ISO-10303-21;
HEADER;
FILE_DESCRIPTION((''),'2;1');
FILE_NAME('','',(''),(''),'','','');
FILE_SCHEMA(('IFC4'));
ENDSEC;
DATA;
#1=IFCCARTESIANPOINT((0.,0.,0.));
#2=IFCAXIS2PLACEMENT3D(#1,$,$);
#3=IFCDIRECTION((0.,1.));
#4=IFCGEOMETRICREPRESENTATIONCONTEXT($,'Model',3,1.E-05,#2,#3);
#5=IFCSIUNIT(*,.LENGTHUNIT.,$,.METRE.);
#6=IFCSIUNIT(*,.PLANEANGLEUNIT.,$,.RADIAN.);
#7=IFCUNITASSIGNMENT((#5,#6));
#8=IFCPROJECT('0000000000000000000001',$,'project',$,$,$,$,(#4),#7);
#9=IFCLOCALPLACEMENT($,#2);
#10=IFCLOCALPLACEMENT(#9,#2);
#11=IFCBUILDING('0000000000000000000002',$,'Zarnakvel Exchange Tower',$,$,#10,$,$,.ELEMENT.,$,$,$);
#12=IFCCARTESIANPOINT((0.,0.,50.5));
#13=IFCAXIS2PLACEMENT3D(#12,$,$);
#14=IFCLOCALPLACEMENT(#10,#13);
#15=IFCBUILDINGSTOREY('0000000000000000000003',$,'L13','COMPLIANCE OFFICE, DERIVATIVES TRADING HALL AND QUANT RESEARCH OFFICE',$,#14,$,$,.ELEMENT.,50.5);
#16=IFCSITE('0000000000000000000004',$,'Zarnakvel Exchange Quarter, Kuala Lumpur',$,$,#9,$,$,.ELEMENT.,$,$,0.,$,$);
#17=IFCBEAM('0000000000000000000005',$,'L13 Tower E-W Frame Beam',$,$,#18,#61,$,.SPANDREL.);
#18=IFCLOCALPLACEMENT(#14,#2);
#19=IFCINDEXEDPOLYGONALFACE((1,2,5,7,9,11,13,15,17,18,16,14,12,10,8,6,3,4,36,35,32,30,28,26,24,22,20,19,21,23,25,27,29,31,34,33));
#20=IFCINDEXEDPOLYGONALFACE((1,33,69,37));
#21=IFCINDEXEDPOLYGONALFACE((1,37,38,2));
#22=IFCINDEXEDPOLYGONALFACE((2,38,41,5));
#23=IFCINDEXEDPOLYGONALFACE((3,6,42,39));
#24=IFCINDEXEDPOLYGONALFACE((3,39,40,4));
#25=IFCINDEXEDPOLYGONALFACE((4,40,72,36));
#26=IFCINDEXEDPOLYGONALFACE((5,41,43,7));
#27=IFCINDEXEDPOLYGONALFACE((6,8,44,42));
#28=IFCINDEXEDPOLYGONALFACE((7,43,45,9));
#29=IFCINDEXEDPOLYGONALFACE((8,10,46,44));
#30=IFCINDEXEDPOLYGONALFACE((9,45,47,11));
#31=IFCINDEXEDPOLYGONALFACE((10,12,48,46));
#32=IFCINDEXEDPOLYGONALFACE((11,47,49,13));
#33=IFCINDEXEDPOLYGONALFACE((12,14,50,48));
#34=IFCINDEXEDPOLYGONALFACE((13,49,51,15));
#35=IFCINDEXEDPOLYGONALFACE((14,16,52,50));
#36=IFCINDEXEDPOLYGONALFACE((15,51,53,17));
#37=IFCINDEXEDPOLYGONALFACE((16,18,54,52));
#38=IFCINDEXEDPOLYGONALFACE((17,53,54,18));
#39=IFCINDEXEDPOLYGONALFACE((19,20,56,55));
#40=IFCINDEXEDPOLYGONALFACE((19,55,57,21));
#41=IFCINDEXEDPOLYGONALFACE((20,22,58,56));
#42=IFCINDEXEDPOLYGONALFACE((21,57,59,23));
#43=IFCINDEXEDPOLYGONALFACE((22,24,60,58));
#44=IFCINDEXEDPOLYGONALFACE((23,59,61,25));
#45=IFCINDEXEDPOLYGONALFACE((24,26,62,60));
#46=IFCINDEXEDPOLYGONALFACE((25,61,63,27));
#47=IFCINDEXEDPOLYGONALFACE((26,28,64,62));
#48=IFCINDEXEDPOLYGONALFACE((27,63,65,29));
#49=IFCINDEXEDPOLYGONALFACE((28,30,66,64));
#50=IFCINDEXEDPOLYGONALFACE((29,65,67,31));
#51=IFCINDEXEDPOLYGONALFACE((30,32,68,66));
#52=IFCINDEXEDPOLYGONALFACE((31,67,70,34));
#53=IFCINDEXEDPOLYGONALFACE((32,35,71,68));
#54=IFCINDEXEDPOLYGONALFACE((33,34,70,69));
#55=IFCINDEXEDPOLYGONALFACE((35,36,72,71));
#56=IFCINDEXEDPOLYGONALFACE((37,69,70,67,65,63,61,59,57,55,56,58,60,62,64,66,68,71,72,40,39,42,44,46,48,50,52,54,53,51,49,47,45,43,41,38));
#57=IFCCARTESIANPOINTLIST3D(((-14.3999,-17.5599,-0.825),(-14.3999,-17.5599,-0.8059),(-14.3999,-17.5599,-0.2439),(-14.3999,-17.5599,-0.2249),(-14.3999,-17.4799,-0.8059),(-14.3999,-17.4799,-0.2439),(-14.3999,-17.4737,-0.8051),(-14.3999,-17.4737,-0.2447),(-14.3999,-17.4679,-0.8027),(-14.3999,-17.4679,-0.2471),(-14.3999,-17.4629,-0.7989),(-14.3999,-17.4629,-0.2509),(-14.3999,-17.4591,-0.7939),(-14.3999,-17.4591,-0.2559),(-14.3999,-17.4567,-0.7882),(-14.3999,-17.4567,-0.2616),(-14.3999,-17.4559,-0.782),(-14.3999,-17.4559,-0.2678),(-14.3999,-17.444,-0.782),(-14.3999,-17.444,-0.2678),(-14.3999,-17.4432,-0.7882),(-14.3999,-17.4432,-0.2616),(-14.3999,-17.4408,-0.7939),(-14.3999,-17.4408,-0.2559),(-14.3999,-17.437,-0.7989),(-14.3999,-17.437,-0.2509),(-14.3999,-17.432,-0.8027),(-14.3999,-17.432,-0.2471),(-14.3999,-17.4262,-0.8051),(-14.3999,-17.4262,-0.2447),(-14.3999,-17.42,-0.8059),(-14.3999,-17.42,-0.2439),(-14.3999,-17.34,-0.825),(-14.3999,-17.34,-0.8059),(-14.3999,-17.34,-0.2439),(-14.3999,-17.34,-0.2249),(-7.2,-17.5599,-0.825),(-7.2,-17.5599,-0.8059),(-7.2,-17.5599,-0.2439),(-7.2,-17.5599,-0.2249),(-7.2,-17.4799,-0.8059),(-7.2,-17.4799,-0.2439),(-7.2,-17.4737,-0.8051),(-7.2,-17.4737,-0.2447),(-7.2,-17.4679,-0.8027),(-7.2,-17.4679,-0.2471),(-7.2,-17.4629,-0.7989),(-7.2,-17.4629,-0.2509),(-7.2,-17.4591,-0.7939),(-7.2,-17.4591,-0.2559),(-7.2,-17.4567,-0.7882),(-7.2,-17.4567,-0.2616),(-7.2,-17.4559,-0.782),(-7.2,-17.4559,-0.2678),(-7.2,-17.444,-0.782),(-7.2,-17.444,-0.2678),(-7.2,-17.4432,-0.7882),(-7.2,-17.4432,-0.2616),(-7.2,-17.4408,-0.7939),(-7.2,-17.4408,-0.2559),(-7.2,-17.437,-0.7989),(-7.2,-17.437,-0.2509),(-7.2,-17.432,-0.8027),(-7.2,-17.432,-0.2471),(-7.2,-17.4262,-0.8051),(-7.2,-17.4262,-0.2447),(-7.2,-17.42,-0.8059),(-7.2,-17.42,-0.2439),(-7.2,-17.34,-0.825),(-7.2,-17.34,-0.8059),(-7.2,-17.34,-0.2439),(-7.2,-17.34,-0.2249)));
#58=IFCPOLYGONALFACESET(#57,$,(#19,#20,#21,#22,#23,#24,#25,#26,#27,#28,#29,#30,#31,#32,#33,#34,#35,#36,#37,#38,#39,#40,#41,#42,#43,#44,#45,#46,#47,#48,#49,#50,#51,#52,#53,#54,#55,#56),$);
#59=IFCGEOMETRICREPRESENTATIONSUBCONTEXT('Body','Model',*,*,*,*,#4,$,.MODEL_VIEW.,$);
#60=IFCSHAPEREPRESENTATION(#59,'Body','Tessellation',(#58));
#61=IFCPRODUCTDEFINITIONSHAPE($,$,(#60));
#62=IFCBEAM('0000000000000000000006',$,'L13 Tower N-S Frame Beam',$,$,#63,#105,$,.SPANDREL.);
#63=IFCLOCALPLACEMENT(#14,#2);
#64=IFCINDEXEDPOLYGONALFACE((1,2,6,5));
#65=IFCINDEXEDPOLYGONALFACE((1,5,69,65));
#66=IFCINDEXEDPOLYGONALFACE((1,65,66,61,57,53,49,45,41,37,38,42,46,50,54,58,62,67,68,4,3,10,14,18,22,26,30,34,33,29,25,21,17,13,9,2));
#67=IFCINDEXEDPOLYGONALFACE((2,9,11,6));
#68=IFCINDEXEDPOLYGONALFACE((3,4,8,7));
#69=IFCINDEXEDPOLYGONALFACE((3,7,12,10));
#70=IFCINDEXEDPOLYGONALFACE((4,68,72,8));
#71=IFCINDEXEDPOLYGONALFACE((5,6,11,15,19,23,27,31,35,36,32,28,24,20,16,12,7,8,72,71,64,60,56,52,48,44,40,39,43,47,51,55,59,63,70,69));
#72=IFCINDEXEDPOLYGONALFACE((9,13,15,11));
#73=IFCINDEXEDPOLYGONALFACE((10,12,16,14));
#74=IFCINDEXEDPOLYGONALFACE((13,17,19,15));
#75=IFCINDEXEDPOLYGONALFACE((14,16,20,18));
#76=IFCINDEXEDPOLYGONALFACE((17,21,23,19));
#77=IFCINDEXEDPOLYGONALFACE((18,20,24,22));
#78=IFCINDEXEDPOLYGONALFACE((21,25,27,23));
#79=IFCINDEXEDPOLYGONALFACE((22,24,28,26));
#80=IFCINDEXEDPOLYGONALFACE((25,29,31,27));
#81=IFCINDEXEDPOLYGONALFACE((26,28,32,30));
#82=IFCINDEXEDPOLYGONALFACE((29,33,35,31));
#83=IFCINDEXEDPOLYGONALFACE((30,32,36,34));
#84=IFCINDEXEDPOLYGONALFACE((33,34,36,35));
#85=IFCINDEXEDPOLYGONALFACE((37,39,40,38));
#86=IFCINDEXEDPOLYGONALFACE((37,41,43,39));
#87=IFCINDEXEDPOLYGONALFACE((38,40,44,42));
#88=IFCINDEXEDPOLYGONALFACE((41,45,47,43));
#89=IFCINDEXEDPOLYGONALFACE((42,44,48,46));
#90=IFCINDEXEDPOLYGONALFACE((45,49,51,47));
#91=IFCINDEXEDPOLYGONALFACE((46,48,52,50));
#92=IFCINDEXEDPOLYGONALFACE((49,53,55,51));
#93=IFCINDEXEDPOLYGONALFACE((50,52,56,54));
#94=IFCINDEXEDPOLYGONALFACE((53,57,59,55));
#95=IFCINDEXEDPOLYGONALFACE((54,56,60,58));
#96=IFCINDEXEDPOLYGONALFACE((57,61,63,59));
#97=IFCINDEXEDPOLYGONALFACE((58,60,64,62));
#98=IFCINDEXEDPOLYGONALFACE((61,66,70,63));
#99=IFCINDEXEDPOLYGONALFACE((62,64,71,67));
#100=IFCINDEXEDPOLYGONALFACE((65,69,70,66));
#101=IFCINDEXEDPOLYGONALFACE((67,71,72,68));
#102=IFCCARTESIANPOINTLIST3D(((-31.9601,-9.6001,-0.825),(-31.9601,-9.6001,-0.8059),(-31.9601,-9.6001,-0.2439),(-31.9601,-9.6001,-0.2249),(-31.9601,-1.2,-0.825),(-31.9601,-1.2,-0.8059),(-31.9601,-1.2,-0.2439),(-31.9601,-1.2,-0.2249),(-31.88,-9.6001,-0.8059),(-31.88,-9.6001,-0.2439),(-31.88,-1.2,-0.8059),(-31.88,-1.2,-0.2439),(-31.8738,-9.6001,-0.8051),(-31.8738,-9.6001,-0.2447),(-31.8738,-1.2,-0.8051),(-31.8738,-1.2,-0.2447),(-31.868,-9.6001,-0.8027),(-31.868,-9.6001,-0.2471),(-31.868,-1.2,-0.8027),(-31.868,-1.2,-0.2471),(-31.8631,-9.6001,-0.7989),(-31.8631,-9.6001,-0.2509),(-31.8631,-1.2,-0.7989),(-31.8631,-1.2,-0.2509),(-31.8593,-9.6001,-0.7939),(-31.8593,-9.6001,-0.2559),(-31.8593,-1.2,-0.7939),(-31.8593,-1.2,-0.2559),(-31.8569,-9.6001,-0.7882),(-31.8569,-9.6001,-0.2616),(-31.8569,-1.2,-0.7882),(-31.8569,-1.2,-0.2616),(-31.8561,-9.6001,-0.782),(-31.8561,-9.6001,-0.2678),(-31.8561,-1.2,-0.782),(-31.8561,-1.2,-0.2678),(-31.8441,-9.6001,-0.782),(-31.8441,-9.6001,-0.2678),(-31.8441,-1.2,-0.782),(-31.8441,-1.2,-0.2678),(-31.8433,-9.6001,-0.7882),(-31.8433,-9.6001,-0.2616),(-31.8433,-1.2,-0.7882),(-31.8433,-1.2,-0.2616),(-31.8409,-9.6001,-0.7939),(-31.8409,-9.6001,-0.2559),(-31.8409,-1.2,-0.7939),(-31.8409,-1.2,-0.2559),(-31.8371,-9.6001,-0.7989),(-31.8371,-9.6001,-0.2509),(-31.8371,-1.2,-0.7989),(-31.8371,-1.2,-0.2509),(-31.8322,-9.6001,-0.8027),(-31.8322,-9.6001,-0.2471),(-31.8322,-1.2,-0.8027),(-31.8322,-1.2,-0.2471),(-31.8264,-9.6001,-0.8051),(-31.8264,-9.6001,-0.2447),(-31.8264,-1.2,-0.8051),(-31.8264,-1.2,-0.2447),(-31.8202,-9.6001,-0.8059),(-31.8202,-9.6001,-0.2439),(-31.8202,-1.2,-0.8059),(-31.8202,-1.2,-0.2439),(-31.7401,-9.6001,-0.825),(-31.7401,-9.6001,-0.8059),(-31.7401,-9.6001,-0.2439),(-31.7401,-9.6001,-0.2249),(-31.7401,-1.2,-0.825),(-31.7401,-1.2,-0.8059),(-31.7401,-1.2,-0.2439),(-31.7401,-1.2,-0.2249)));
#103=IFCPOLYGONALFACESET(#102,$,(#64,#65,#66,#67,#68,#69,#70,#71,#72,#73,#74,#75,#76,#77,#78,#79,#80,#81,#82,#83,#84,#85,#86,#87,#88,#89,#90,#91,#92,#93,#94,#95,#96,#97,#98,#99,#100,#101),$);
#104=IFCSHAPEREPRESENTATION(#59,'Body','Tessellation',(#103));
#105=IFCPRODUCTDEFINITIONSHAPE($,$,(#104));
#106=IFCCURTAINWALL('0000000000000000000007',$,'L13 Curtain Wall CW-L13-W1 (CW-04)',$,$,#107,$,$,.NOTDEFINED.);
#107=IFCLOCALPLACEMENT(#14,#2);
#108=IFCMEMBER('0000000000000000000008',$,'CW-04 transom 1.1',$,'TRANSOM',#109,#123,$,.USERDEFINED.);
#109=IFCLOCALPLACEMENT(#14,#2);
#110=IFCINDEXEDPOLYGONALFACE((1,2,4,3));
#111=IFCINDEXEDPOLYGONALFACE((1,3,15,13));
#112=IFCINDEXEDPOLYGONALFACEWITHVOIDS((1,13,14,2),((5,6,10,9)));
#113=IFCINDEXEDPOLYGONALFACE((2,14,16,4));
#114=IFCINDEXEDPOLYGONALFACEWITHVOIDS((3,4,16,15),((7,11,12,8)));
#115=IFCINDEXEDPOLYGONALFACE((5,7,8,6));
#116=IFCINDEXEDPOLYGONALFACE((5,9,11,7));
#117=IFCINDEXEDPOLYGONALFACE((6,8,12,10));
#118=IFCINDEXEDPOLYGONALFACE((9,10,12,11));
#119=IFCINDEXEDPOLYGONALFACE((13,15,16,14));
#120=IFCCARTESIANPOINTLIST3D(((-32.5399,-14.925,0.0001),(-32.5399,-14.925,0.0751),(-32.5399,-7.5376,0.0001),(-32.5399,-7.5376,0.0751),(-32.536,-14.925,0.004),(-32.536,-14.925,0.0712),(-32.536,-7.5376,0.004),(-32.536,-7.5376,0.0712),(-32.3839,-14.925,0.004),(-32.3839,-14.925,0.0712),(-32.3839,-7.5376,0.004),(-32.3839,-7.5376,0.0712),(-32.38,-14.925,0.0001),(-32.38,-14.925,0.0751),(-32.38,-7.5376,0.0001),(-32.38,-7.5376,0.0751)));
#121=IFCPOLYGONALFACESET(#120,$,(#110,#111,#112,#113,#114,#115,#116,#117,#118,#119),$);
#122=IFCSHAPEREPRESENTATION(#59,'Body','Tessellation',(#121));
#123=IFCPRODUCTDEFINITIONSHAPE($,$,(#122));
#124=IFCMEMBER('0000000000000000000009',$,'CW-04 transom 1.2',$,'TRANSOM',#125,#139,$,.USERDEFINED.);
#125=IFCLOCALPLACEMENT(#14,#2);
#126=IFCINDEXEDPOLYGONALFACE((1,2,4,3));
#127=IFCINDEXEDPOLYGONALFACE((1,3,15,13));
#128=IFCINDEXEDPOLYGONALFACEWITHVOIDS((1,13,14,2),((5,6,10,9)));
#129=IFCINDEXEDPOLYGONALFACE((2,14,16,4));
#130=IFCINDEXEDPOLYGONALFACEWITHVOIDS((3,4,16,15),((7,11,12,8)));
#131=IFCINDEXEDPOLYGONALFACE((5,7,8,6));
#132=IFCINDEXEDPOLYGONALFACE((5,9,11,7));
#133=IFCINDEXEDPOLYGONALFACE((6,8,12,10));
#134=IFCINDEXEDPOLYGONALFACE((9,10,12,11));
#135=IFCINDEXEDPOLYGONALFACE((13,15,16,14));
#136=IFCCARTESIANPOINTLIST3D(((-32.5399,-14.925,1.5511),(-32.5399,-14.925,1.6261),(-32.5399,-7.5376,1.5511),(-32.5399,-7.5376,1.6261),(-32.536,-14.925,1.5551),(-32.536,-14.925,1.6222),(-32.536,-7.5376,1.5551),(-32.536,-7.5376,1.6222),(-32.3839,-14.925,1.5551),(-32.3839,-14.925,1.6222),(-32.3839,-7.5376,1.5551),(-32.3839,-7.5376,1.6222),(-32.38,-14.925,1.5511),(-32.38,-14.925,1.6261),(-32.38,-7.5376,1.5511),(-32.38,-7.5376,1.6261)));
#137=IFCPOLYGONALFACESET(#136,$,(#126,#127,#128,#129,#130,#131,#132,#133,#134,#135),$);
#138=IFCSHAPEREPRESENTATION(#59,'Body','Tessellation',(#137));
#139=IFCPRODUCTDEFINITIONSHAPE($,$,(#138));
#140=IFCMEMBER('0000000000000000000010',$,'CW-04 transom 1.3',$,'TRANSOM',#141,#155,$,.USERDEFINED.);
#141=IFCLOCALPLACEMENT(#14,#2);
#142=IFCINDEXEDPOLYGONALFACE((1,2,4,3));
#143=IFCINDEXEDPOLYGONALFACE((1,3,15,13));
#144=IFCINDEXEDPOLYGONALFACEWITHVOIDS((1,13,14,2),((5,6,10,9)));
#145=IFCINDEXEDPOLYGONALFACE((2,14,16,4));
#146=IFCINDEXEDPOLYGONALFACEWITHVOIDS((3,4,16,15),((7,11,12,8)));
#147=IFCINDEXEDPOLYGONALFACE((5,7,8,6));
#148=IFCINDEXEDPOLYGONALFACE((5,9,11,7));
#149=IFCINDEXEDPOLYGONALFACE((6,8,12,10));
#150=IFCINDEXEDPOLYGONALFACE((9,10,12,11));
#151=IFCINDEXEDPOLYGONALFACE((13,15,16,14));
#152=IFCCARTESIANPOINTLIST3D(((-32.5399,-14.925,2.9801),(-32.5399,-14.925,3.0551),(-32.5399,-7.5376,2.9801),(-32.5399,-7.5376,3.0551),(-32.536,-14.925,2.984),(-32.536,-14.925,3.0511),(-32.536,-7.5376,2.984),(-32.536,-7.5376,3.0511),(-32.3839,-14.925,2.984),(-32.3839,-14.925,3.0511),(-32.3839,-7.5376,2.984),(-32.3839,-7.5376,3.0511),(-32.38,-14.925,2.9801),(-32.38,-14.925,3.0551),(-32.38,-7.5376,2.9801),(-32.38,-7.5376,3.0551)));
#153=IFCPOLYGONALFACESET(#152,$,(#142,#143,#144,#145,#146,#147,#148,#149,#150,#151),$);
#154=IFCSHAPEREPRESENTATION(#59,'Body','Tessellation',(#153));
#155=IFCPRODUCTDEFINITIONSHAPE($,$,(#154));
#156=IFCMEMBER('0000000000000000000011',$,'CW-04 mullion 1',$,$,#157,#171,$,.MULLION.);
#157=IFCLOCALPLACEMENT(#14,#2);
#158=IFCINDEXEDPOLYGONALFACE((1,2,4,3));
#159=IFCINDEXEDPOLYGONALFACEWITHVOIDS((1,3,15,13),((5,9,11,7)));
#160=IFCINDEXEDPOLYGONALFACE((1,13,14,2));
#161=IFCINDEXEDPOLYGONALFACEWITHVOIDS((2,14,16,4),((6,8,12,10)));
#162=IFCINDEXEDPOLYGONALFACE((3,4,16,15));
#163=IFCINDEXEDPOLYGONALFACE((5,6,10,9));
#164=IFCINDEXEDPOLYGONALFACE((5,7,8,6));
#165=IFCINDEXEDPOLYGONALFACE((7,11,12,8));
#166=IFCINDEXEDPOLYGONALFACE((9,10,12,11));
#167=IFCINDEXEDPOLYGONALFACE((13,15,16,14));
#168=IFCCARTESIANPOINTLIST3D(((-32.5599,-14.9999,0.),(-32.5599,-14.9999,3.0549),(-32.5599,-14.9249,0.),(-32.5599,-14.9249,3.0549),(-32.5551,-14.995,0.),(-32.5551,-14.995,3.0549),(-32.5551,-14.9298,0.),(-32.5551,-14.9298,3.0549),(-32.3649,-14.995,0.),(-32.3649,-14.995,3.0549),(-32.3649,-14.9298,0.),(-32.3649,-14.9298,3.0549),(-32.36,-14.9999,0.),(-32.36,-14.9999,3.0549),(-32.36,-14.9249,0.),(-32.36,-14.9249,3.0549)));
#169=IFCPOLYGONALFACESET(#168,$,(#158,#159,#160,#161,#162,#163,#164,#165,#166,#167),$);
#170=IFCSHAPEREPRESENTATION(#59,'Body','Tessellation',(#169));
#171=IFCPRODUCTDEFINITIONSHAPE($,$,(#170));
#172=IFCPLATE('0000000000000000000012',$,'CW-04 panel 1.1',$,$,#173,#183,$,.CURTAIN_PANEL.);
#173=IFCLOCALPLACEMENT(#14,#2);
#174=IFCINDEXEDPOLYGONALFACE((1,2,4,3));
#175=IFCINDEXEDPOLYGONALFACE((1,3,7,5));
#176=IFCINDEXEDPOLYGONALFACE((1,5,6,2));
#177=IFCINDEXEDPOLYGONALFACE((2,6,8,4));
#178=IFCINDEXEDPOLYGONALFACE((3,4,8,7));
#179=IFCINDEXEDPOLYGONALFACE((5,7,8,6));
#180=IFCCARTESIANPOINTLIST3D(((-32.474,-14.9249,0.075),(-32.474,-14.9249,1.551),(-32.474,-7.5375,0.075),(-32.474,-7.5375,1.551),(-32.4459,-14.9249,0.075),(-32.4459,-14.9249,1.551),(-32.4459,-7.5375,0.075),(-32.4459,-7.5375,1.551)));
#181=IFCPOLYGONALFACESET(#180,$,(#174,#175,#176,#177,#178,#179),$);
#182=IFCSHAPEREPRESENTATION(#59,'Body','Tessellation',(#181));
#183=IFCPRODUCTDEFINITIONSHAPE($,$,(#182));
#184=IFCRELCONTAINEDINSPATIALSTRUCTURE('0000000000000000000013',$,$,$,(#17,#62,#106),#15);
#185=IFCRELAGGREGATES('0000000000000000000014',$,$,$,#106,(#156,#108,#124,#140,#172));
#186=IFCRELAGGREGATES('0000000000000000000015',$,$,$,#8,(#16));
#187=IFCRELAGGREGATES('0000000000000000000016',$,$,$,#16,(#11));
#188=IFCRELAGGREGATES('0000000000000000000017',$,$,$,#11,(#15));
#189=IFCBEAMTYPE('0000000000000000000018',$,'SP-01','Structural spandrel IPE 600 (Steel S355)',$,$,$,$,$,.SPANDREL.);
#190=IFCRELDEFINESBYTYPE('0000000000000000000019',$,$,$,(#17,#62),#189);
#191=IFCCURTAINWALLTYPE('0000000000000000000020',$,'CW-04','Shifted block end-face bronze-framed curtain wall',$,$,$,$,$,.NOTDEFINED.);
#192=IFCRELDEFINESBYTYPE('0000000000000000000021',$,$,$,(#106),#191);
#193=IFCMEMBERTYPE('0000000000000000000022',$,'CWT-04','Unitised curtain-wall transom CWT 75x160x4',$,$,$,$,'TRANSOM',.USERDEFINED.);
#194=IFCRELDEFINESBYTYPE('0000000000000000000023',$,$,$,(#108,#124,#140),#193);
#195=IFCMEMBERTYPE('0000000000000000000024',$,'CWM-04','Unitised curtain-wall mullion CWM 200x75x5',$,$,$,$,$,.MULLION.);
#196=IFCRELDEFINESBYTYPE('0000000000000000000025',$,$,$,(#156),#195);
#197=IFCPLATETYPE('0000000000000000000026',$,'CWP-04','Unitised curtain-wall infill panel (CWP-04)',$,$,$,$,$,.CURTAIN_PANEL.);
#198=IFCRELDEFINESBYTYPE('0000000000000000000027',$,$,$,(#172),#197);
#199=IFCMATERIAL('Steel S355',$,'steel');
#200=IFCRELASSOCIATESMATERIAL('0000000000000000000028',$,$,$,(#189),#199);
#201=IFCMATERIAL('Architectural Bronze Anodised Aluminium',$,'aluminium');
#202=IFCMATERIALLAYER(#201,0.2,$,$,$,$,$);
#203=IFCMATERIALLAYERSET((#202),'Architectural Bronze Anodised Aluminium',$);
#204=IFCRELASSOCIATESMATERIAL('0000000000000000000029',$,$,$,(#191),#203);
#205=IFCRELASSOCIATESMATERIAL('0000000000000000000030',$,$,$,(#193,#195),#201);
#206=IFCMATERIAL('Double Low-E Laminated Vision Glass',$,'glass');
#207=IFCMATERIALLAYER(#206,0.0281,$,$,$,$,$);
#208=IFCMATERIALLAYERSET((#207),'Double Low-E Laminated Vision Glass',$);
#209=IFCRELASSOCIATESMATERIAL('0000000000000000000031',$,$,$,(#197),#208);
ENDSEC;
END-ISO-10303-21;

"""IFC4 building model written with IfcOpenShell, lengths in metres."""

from ifc_helpers import new_model, si_unit, direction, frame, origin, origin_2d, place, context, subcontext, project, spatial, rectangle, hollow_rectangle, i_section, extrude, source, transform, mapped, material, layer, layer_set, material_profile, profile_set, type_object, element, aggregate, save


model = new_model("IFC4")

# Units and contexts
model_context = context("Model", 3, precision=1e-05, world=origin(), true_north=direction((0.0, 1.0)))
body_context = subcontext(model_context, "Body", "Model", "MODEL_VIEW")
ifc_project = project(units=[si_unit("LENGTHUNIT", "METRE"), si_unit("PLANEANGLEUNIT", "RADIAN")], contexts=[model_context])

# Site, building, storey
site_placement = place(None, origin())
site = spatial("IfcSite", under=ifc_project, at=site_placement, Name="Zarnakvel Exchange Quarter, Kuala Lumpur", CompositionType="ELEMENT", RefElevation=0.0)
building_placement = place(site_placement, origin())
building = spatial("IfcBuilding", under=site, at=building_placement, Name="Zarnakvel Exchange Tower", CompositionType="ELEMENT")
storey_placement = place(building_placement, frame((0.0, 0.0, 50.5)))
storey = spatial("IfcBuildingStorey", under=building, at=storey_placement, Name="L13", Description="COMPLIANCE OFFICE, DERIVATIVES TRADING HALL AND QUANT RESEARCH OFFICE", CompositionType="ELEMENT", Elevation=50.5)

# Shared definitions
ifc_material_1 = material(Name="Steel S355", Category="steel")

# Beams
ifc_material_profile_1 = material_profile(ifc_material_1, i_section(OverallWidth=0.22, OverallDepth=0.6001, WebThickness=0.012, FlangeThickness=0.019, FilletRadius=0.0239, at=origin_2d()))
ifc_profile_set_1 = profile_set([ifc_material_profile_1], Name="Steel S355")
beam_type_1 = type_object("IfcBeamType", Name="SP-01", Description="Structural spandrel IPE 600 (Steel S355)", PredefinedType="SPANDREL", material=ifc_profile_set_1)
beam_1_placement = place(storey_placement, frame((-14.3999, -17.45, -0.5249), z_axis=(1.0, 0.0, 0.0), x_axis=(0.0, 1.0, 0.0)))
element("IfcBeam", 1, at=beam_1_placement, inside=storey, type_object=beam_type_1, Name="L13 Tower E-W Frame Beam", PredefinedType="SPANDREL", context=body_context, shape_type="SweptSolid", body=[
    extrude(i_section(OverallWidth=0.22, OverallDepth=0.6001, WebThickness=0.012, FlangeThickness=0.019, FilletRadius=0.0239, at=origin_2d()), origin(), (0.0, 0.0, 1.0), 7.2),
])
beam_2_placement = place(storey_placement, frame((-31.8501, -9.6001, -0.5249), z_axis=(0.0, 1.0, 0.0), x_axis=(-1.0, 0.0, 0.0)))
element("IfcBeam", 2, at=beam_2_placement, inside=storey, type_object=beam_type_1, Name="L13 Tower N-S Frame Beam", PredefinedType="SPANDREL", context=body_context, shape_type="SweptSolid", body=[
    extrude(i_section(OverallWidth=0.22, OverallDepth=0.6001, WebThickness=0.012, FlangeThickness=0.019, FilletRadius=0.0239, at=origin_2d()), origin(), (0.0, 0.0, 1.0), 8.4001),
])

# Curtain wall, members, plate
ifc_material_2 = material(Name="Architectural Bronze Anodised Aluminium", Category="aluminium")
ifc_layer_1 = layer(ifc_material_2, 0.2)
ifc_layer_set_1 = layer_set([ifc_layer_1], Name="Architectural Bronze Anodised Aluminium")
curtain_wall_type = type_object("IfcCurtainWallType", Name="CW-04", Description="Shifted block end-face bronze-framed curtain wall", PredefinedType="NOTDEFINED", material=ifc_layer_set_1)
curtain_wall_placement = place(storey_placement, origin())
curtain_wall = element("IfcCurtainWall", 3, at=curtain_wall_placement, inside=storey, type_object=curtain_wall_type, Name="L13 Curtain Wall CW-L13-W1 (CW-04)", PredefinedType="NOTDEFINED")
ifc_material_profile_2 = material_profile(ifc_material_2, hollow_rectangle(XDim=0.1599, YDim=0.075, WallThickness=0.0039, at=origin_2d()))
ifc_profile_set_2 = profile_set([ifc_material_profile_2], Name="Architectural Bronze Anodised Aluminium")
member_type_1 = type_object("IfcMemberType", Name="CWT-04", Description="Unitised curtain-wall transom CWT 75x160x4", ElementType="TRANSOM", PredefinedType="USERDEFINED", material=ifc_profile_set_2)
shared_shape_1 = source(origin(), body_context, "Body", "SweptSolid", [
    extrude(hollow_rectangle(XDim=0.1599, YDim=0.075, WallThickness=0.0039, at=origin_2d()), origin(), (0.0, 0.0, 1.0), 7.3875),
])
member_1_placement = place(storey_placement, frame((-32.46, -14.925, 0.0376), z_axis=(0.0, 1.0, 0.0), x_axis=(-1.0, 0.0, 0.0)))
member_1 = element("IfcMember", 4, at=member_1_placement, type_object=member_type_1, Name="CW-04 transom 1.1", ObjectType="TRANSOM", PredefinedType="USERDEFINED", context=body_context, shape_type="MappedRepresentation", body=[
    mapped(shared_shape_1, transform((0.0, 0.0, 0.0), x_axis=(1.0, 0.0, 0.0), y_axis=(0.0, 1.0, 0.0), z_axis=(0.0, 0.0, 1.0), scale=1.0)),
])
member_2_placement = place(storey_placement, frame((-32.46, -14.925, 1.5886), z_axis=(0.0, 1.0, 0.0), x_axis=(-1.0, 0.0, 0.0)))
member_2 = element("IfcMember", 5, at=member_2_placement, type_object=member_type_1, Name="CW-04 transom 1.2", ObjectType="TRANSOM", PredefinedType="USERDEFINED", context=body_context, shape_type="MappedRepresentation", body=[
    mapped(shared_shape_1, transform((0.0, 0.0, 0.0), x_axis=(1.0, 0.0, 0.0), y_axis=(0.0, 1.0, 0.0), z_axis=(0.0, 0.0, 1.0), scale=1.0)),
])
member_3_placement = place(storey_placement, frame((-32.46, -14.925, 3.0176), z_axis=(0.0, 1.0, 0.0), x_axis=(-1.0, 0.0, 0.0)))
member_3 = element("IfcMember", 6, at=member_3_placement, type_object=member_type_1, Name="CW-04 transom 1.3", ObjectType="TRANSOM", PredefinedType="USERDEFINED", context=body_context, shape_type="MappedRepresentation", body=[
    mapped(shared_shape_1, transform((0.0, 0.0, 0.0), x_axis=(1.0, 0.0, 0.0), y_axis=(0.0, 1.0, 0.0), z_axis=(0.0, 0.0, 1.0), scale=1.0)),
])
ifc_material_profile_3 = material_profile(ifc_material_2, hollow_rectangle(XDim=0.2, YDim=0.075, WallThickness=0.0049, at=origin_2d()))
ifc_profile_set_3 = profile_set([ifc_material_profile_3], Name="Architectural Bronze Anodised Aluminium")
member_type_2 = type_object("IfcMemberType", Name="CWM-04", Description="Unitised curtain-wall mullion CWM 200x75x5", PredefinedType="MULLION", material=ifc_profile_set_3)
shared_shape_2 = source(origin(), body_context, "Body", "SweptSolid", [
    extrude(hollow_rectangle(XDim=0.2, YDim=0.075, WallThickness=0.0049, at=origin_2d()), origin(), (0.0, 0.0, 1.0), 3.0549),
])
member_4_placement = place(storey_placement, frame((-32.46, -14.9624, 0.0), z_axis=(0.0, 0.0, 1.0), x_axis=(-1.0, 0.0, 0.0)))
member_4 = element("IfcMember", 7, at=member_4_placement, type_object=member_type_2, Name="CW-04 mullion 1", PredefinedType="MULLION", context=body_context, shape_type="MappedRepresentation", body=[
    mapped(shared_shape_2, transform((0.0, 0.0, 0.0), x_axis=(1.0, 0.0, 0.0), y_axis=(0.0, 1.0, 0.0), z_axis=(0.0, 0.0, 1.0), scale=1.0)),
])
ifc_material_3 = material(Name="Double Low-E Laminated Vision Glass", Category="glass")
ifc_layer_2 = layer(ifc_material_3, 0.0281)
ifc_layer_set_2 = layer_set([ifc_layer_2], Name="Double Low-E Laminated Vision Glass")
plate_type = type_object("IfcPlateType", Name="CWP-04", Description="Unitised curtain-wall infill panel (CWP-04)", PredefinedType="CURTAIN_PANEL", material=ifc_layer_set_2)
shared_shape_3 = source(origin(), body_context, "Body", "SweptSolid", [
    extrude(rectangle(XDim=7.3875, YDim=0.0281, at=origin_2d()), origin(), (0.0, 0.0, 1.0), 1.4761),
])
plate_1_placement = place(storey_placement, frame((-32.46, -11.2312, 0.075), z_axis=(0.0, 0.0, 1.0), x_axis=(0.0, 1.0, 0.0)))
plate_1 = element("IfcPlate", 8, at=plate_1_placement, type_object=plate_type, Name="CW-04 panel 1.1", PredefinedType="CURTAIN_PANEL", context=body_context, shape_type="MappedRepresentation", body=[
    mapped(shared_shape_3, transform((0.0, 0.0, 0.0), x_axis=(1.0, 0.0, 0.0), y_axis=(0.0, 1.0, 0.0), z_axis=(0.0, 0.0, 1.0), scale=1.0)),
])
aggregate(curtain_wall, [member_4, member_1, member_2, member_3, plate_1])

save(model, "model.ifc")
